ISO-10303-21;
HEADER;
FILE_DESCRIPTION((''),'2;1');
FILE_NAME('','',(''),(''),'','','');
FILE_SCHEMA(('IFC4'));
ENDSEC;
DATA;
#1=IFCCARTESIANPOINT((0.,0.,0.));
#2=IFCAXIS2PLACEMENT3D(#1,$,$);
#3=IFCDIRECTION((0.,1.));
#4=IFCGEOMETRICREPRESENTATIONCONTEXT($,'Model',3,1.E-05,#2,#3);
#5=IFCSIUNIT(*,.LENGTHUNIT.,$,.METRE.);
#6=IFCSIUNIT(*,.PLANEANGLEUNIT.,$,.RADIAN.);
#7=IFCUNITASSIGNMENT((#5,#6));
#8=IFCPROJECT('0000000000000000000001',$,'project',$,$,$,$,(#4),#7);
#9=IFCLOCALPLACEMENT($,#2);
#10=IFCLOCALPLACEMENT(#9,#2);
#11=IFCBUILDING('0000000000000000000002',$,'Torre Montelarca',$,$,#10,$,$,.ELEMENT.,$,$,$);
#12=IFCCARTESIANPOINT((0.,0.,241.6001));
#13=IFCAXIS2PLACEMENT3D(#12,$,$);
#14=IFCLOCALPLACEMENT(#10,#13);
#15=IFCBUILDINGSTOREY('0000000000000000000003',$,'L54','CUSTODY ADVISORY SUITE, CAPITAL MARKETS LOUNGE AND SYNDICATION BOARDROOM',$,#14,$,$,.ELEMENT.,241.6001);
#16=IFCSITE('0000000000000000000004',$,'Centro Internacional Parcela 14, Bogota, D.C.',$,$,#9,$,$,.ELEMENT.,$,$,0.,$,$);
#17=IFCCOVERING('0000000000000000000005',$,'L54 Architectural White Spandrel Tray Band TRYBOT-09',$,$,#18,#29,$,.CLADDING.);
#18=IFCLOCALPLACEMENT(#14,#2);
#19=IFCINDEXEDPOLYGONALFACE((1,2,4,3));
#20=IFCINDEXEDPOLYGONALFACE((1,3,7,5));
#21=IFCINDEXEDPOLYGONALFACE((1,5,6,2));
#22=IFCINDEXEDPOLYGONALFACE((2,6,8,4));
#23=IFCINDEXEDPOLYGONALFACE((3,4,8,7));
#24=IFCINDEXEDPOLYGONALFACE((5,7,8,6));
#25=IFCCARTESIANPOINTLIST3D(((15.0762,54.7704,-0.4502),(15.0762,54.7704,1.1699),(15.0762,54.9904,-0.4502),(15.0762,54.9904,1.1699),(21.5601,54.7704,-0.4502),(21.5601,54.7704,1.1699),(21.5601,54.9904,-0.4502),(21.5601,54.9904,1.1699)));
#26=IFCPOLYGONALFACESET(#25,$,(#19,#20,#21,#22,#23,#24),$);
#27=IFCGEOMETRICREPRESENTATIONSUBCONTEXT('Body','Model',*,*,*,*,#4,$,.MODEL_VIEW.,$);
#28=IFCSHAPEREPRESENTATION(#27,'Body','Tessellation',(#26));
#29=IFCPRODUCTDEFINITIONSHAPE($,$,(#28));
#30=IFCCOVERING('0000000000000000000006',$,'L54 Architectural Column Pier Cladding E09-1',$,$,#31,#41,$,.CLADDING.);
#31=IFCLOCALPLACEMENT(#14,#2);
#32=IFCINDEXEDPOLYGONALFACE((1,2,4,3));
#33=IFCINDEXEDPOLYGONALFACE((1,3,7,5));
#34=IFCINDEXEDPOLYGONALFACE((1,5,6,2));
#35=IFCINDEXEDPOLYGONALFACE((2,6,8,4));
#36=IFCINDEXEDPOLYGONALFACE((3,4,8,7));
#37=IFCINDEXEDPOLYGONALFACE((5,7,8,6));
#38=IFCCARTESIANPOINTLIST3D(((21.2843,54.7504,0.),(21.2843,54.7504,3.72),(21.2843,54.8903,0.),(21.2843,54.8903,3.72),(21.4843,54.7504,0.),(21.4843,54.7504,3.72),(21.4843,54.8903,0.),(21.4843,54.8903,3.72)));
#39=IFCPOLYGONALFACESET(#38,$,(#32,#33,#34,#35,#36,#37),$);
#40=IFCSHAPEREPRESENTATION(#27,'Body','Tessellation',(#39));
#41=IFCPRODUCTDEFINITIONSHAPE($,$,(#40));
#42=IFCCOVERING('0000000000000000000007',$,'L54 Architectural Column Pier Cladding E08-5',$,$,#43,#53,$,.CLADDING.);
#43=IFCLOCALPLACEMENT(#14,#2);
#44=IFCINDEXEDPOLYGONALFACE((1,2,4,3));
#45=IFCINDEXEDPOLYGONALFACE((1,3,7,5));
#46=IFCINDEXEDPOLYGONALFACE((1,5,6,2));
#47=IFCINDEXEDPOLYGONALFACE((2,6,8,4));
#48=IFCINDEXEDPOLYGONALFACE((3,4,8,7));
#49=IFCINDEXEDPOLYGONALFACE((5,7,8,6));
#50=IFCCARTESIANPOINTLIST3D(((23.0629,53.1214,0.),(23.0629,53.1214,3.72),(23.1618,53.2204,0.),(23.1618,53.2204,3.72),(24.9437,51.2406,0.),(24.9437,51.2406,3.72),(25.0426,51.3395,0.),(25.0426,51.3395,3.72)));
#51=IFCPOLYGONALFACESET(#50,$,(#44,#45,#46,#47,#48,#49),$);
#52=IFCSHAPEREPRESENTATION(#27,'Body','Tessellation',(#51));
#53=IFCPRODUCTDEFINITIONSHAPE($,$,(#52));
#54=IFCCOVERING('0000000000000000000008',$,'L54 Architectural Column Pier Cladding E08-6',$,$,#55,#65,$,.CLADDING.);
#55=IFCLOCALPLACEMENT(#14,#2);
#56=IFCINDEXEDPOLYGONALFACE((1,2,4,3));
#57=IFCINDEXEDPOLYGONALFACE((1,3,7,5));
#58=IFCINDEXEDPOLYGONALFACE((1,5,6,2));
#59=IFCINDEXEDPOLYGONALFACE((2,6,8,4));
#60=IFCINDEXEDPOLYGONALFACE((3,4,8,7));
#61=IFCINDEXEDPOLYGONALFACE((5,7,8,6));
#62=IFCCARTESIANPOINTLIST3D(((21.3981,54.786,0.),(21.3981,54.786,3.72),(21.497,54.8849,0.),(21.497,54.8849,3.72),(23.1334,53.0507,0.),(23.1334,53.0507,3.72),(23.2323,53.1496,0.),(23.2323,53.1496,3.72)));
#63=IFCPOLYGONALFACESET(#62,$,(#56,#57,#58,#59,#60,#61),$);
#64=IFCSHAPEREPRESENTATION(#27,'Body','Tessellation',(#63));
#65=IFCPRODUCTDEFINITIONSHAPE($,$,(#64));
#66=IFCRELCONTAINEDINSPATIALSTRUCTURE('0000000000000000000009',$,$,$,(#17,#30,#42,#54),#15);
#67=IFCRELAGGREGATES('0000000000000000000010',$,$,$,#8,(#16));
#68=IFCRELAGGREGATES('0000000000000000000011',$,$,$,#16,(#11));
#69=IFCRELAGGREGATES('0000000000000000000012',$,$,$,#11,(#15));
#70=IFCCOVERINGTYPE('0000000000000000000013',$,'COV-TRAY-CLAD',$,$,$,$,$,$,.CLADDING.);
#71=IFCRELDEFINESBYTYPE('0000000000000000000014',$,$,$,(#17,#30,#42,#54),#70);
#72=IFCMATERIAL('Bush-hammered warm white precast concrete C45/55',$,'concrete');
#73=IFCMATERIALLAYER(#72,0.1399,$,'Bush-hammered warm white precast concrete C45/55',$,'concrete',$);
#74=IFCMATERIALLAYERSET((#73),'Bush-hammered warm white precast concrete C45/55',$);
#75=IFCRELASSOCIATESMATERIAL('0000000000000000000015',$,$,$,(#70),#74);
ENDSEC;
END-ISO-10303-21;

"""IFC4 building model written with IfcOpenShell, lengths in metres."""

from ifc_helpers import new_model, si_unit, direction, frame, origin, origin_2d, place, context, subcontext, project, spatial, rectangle, extrude, source, transform, mapped, material, layer, layer_set, type_object, element, save


model = new_model("IFC4")

# Units and contexts
model_context = context("Model", 3, precision=1e-05, world=origin(), true_north=direction((0.0, 1.0)))
body_context = subcontext(model_context, "Body", "Model", "MODEL_VIEW")
ifc_project = project(units=[si_unit("LENGTHUNIT", "METRE"), si_unit("PLANEANGLEUNIT", "RADIAN")], contexts=[model_context])

# Site, building, storey
site_placement = place(None, origin())
site = spatial("IfcSite", under=ifc_project, at=site_placement, Name="Centro Internacional Parcela 14, Bogota, D.C.", CompositionType="ELEMENT", RefElevation=0.0)
building_placement = place(site_placement, origin())
building = spatial("IfcBuilding", under=site, at=building_placement, Name="Torre Montelarca", CompositionType="ELEMENT")
storey_placement = place(building_placement, frame((0.0, 0.0, 241.6001)))
storey = spatial("IfcBuildingStorey", under=building, at=storey_placement, Name="L54", Description="CUSTODY ADVISORY SUITE, CAPITAL MARKETS LOUNGE AND SYNDICATION BOARDROOM", CompositionType="ELEMENT", Elevation=241.6001)

# Coverings
ifc_material_1 = material(Name="Bush-hammered warm white precast concrete C45/55", Category="concrete")
ifc_layer_1 = layer(ifc_material_1, 0.1399, Name="Bush-hammered warm white precast concrete C45/55", Category="concrete")
ifc_layer_set_1 = layer_set([ifc_layer_1], Name="Bush-hammered warm white precast concrete C45/55")
covering_type = type_object("IfcCoveringType", Name="COV-TRAY-CLAD", PredefinedType="CLADDING", material=ifc_layer_set_1)
shared_shape_1 = source(origin(), body_context, "Body", "SweptSolid", [
    extrude(rectangle(XDim=6.4839, YDim=0.22, at=origin_2d()), origin(), (0.0, 0.0, 1.0), 1.6201),
])
covering_1_placement = place(storey_placement, frame((18.3181, 54.8804, -0.4502), z_axis=(0.0, 0.0, 1.0), x_axis=(-1.0, 0.0, 0.0)))
element("IfcCovering", 1, at=covering_1_placement, inside=storey, type_object=covering_type, Name="L54 Architectural White Spandrel Tray Band TRYBOT-09", PredefinedType="CLADDING", context=body_context, shape_type="MappedRepresentation", body=[
    mapped(shared_shape_1, transform((0.0, 0.0, 0.0), scale=1.0)),
])
shared_shape_2 = source(origin(), body_context, "Body", "SweptSolid", [
    extrude(rectangle(XDim=0.2, YDim=0.1399, at=origin_2d()), origin(), (0.0, 0.0, 1.0), 3.72),
])
covering_2_placement = place(storey_placement, frame((21.3843, 54.8203, 0.0), z_axis=(0.0, 0.0, 1.0), x_axis=(-1.0, 0.0, 0.0)))
element("IfcCovering", 2, at=covering_2_placement, inside=storey, type_object=covering_type, Name="L54 Architectural Column Pier Cladding E09-1", PredefinedType="CLADDING", context=body_context, shape_type="MappedRepresentation", body=[
    mapped(shared_shape_2, transform((0.0, 0.0, 0.0), scale=1.0)),
])
shared_shape_3 = source(origin(), body_context, "Body", "SweptSolid", [
    extrude(rectangle(XDim=2.6599, YDim=0.1399, at=origin_2d()), origin(), (0.0, 0.0, 1.0), 3.72),
])
covering_3_placement = place(storey_placement, frame((24.0527, 52.2305, 0.0), z_axis=(0.0, 0.0, 1.0), x_axis=(-0.707106, 0.707108, 0.0)))
element("IfcCovering", 3, at=covering_3_placement, inside=storey, type_object=covering_type, Name="L54 Architectural Column Pier Cladding E08-5", PredefinedType="CLADDING", context=body_context, shape_type="MappedRepresentation", body=[
    mapped(shared_shape_3, transform((0.0, 0.0, 0.0), scale=1.0)),
])
shared_shape_4 = source(origin(), body_context, "Body", "SweptSolid", [
    extrude(rectangle(XDim=2.4541, YDim=0.1399, at=origin_2d()), origin(), (0.0, 0.0, 1.0), 3.72),
])
covering_4_placement = place(storey_placement, frame((22.3152, 53.9678, 0.0), z_axis=(0.0, 0.0, 1.0), x_axis=(-0.707106, 0.707108, 0.0)))
element("IfcCovering", 4, at=covering_4_placement, inside=storey, type_object=covering_type, Name="L54 Architectural Column Pier Cladding E08-6", PredefinedType="CLADDING", context=body_context, shape_type="MappedRepresentation", body=[
    mapped(shared_shape_4, transform((0.0, 0.0, 0.0), scale=1.0)),
])

save(model, "model.ifc")
